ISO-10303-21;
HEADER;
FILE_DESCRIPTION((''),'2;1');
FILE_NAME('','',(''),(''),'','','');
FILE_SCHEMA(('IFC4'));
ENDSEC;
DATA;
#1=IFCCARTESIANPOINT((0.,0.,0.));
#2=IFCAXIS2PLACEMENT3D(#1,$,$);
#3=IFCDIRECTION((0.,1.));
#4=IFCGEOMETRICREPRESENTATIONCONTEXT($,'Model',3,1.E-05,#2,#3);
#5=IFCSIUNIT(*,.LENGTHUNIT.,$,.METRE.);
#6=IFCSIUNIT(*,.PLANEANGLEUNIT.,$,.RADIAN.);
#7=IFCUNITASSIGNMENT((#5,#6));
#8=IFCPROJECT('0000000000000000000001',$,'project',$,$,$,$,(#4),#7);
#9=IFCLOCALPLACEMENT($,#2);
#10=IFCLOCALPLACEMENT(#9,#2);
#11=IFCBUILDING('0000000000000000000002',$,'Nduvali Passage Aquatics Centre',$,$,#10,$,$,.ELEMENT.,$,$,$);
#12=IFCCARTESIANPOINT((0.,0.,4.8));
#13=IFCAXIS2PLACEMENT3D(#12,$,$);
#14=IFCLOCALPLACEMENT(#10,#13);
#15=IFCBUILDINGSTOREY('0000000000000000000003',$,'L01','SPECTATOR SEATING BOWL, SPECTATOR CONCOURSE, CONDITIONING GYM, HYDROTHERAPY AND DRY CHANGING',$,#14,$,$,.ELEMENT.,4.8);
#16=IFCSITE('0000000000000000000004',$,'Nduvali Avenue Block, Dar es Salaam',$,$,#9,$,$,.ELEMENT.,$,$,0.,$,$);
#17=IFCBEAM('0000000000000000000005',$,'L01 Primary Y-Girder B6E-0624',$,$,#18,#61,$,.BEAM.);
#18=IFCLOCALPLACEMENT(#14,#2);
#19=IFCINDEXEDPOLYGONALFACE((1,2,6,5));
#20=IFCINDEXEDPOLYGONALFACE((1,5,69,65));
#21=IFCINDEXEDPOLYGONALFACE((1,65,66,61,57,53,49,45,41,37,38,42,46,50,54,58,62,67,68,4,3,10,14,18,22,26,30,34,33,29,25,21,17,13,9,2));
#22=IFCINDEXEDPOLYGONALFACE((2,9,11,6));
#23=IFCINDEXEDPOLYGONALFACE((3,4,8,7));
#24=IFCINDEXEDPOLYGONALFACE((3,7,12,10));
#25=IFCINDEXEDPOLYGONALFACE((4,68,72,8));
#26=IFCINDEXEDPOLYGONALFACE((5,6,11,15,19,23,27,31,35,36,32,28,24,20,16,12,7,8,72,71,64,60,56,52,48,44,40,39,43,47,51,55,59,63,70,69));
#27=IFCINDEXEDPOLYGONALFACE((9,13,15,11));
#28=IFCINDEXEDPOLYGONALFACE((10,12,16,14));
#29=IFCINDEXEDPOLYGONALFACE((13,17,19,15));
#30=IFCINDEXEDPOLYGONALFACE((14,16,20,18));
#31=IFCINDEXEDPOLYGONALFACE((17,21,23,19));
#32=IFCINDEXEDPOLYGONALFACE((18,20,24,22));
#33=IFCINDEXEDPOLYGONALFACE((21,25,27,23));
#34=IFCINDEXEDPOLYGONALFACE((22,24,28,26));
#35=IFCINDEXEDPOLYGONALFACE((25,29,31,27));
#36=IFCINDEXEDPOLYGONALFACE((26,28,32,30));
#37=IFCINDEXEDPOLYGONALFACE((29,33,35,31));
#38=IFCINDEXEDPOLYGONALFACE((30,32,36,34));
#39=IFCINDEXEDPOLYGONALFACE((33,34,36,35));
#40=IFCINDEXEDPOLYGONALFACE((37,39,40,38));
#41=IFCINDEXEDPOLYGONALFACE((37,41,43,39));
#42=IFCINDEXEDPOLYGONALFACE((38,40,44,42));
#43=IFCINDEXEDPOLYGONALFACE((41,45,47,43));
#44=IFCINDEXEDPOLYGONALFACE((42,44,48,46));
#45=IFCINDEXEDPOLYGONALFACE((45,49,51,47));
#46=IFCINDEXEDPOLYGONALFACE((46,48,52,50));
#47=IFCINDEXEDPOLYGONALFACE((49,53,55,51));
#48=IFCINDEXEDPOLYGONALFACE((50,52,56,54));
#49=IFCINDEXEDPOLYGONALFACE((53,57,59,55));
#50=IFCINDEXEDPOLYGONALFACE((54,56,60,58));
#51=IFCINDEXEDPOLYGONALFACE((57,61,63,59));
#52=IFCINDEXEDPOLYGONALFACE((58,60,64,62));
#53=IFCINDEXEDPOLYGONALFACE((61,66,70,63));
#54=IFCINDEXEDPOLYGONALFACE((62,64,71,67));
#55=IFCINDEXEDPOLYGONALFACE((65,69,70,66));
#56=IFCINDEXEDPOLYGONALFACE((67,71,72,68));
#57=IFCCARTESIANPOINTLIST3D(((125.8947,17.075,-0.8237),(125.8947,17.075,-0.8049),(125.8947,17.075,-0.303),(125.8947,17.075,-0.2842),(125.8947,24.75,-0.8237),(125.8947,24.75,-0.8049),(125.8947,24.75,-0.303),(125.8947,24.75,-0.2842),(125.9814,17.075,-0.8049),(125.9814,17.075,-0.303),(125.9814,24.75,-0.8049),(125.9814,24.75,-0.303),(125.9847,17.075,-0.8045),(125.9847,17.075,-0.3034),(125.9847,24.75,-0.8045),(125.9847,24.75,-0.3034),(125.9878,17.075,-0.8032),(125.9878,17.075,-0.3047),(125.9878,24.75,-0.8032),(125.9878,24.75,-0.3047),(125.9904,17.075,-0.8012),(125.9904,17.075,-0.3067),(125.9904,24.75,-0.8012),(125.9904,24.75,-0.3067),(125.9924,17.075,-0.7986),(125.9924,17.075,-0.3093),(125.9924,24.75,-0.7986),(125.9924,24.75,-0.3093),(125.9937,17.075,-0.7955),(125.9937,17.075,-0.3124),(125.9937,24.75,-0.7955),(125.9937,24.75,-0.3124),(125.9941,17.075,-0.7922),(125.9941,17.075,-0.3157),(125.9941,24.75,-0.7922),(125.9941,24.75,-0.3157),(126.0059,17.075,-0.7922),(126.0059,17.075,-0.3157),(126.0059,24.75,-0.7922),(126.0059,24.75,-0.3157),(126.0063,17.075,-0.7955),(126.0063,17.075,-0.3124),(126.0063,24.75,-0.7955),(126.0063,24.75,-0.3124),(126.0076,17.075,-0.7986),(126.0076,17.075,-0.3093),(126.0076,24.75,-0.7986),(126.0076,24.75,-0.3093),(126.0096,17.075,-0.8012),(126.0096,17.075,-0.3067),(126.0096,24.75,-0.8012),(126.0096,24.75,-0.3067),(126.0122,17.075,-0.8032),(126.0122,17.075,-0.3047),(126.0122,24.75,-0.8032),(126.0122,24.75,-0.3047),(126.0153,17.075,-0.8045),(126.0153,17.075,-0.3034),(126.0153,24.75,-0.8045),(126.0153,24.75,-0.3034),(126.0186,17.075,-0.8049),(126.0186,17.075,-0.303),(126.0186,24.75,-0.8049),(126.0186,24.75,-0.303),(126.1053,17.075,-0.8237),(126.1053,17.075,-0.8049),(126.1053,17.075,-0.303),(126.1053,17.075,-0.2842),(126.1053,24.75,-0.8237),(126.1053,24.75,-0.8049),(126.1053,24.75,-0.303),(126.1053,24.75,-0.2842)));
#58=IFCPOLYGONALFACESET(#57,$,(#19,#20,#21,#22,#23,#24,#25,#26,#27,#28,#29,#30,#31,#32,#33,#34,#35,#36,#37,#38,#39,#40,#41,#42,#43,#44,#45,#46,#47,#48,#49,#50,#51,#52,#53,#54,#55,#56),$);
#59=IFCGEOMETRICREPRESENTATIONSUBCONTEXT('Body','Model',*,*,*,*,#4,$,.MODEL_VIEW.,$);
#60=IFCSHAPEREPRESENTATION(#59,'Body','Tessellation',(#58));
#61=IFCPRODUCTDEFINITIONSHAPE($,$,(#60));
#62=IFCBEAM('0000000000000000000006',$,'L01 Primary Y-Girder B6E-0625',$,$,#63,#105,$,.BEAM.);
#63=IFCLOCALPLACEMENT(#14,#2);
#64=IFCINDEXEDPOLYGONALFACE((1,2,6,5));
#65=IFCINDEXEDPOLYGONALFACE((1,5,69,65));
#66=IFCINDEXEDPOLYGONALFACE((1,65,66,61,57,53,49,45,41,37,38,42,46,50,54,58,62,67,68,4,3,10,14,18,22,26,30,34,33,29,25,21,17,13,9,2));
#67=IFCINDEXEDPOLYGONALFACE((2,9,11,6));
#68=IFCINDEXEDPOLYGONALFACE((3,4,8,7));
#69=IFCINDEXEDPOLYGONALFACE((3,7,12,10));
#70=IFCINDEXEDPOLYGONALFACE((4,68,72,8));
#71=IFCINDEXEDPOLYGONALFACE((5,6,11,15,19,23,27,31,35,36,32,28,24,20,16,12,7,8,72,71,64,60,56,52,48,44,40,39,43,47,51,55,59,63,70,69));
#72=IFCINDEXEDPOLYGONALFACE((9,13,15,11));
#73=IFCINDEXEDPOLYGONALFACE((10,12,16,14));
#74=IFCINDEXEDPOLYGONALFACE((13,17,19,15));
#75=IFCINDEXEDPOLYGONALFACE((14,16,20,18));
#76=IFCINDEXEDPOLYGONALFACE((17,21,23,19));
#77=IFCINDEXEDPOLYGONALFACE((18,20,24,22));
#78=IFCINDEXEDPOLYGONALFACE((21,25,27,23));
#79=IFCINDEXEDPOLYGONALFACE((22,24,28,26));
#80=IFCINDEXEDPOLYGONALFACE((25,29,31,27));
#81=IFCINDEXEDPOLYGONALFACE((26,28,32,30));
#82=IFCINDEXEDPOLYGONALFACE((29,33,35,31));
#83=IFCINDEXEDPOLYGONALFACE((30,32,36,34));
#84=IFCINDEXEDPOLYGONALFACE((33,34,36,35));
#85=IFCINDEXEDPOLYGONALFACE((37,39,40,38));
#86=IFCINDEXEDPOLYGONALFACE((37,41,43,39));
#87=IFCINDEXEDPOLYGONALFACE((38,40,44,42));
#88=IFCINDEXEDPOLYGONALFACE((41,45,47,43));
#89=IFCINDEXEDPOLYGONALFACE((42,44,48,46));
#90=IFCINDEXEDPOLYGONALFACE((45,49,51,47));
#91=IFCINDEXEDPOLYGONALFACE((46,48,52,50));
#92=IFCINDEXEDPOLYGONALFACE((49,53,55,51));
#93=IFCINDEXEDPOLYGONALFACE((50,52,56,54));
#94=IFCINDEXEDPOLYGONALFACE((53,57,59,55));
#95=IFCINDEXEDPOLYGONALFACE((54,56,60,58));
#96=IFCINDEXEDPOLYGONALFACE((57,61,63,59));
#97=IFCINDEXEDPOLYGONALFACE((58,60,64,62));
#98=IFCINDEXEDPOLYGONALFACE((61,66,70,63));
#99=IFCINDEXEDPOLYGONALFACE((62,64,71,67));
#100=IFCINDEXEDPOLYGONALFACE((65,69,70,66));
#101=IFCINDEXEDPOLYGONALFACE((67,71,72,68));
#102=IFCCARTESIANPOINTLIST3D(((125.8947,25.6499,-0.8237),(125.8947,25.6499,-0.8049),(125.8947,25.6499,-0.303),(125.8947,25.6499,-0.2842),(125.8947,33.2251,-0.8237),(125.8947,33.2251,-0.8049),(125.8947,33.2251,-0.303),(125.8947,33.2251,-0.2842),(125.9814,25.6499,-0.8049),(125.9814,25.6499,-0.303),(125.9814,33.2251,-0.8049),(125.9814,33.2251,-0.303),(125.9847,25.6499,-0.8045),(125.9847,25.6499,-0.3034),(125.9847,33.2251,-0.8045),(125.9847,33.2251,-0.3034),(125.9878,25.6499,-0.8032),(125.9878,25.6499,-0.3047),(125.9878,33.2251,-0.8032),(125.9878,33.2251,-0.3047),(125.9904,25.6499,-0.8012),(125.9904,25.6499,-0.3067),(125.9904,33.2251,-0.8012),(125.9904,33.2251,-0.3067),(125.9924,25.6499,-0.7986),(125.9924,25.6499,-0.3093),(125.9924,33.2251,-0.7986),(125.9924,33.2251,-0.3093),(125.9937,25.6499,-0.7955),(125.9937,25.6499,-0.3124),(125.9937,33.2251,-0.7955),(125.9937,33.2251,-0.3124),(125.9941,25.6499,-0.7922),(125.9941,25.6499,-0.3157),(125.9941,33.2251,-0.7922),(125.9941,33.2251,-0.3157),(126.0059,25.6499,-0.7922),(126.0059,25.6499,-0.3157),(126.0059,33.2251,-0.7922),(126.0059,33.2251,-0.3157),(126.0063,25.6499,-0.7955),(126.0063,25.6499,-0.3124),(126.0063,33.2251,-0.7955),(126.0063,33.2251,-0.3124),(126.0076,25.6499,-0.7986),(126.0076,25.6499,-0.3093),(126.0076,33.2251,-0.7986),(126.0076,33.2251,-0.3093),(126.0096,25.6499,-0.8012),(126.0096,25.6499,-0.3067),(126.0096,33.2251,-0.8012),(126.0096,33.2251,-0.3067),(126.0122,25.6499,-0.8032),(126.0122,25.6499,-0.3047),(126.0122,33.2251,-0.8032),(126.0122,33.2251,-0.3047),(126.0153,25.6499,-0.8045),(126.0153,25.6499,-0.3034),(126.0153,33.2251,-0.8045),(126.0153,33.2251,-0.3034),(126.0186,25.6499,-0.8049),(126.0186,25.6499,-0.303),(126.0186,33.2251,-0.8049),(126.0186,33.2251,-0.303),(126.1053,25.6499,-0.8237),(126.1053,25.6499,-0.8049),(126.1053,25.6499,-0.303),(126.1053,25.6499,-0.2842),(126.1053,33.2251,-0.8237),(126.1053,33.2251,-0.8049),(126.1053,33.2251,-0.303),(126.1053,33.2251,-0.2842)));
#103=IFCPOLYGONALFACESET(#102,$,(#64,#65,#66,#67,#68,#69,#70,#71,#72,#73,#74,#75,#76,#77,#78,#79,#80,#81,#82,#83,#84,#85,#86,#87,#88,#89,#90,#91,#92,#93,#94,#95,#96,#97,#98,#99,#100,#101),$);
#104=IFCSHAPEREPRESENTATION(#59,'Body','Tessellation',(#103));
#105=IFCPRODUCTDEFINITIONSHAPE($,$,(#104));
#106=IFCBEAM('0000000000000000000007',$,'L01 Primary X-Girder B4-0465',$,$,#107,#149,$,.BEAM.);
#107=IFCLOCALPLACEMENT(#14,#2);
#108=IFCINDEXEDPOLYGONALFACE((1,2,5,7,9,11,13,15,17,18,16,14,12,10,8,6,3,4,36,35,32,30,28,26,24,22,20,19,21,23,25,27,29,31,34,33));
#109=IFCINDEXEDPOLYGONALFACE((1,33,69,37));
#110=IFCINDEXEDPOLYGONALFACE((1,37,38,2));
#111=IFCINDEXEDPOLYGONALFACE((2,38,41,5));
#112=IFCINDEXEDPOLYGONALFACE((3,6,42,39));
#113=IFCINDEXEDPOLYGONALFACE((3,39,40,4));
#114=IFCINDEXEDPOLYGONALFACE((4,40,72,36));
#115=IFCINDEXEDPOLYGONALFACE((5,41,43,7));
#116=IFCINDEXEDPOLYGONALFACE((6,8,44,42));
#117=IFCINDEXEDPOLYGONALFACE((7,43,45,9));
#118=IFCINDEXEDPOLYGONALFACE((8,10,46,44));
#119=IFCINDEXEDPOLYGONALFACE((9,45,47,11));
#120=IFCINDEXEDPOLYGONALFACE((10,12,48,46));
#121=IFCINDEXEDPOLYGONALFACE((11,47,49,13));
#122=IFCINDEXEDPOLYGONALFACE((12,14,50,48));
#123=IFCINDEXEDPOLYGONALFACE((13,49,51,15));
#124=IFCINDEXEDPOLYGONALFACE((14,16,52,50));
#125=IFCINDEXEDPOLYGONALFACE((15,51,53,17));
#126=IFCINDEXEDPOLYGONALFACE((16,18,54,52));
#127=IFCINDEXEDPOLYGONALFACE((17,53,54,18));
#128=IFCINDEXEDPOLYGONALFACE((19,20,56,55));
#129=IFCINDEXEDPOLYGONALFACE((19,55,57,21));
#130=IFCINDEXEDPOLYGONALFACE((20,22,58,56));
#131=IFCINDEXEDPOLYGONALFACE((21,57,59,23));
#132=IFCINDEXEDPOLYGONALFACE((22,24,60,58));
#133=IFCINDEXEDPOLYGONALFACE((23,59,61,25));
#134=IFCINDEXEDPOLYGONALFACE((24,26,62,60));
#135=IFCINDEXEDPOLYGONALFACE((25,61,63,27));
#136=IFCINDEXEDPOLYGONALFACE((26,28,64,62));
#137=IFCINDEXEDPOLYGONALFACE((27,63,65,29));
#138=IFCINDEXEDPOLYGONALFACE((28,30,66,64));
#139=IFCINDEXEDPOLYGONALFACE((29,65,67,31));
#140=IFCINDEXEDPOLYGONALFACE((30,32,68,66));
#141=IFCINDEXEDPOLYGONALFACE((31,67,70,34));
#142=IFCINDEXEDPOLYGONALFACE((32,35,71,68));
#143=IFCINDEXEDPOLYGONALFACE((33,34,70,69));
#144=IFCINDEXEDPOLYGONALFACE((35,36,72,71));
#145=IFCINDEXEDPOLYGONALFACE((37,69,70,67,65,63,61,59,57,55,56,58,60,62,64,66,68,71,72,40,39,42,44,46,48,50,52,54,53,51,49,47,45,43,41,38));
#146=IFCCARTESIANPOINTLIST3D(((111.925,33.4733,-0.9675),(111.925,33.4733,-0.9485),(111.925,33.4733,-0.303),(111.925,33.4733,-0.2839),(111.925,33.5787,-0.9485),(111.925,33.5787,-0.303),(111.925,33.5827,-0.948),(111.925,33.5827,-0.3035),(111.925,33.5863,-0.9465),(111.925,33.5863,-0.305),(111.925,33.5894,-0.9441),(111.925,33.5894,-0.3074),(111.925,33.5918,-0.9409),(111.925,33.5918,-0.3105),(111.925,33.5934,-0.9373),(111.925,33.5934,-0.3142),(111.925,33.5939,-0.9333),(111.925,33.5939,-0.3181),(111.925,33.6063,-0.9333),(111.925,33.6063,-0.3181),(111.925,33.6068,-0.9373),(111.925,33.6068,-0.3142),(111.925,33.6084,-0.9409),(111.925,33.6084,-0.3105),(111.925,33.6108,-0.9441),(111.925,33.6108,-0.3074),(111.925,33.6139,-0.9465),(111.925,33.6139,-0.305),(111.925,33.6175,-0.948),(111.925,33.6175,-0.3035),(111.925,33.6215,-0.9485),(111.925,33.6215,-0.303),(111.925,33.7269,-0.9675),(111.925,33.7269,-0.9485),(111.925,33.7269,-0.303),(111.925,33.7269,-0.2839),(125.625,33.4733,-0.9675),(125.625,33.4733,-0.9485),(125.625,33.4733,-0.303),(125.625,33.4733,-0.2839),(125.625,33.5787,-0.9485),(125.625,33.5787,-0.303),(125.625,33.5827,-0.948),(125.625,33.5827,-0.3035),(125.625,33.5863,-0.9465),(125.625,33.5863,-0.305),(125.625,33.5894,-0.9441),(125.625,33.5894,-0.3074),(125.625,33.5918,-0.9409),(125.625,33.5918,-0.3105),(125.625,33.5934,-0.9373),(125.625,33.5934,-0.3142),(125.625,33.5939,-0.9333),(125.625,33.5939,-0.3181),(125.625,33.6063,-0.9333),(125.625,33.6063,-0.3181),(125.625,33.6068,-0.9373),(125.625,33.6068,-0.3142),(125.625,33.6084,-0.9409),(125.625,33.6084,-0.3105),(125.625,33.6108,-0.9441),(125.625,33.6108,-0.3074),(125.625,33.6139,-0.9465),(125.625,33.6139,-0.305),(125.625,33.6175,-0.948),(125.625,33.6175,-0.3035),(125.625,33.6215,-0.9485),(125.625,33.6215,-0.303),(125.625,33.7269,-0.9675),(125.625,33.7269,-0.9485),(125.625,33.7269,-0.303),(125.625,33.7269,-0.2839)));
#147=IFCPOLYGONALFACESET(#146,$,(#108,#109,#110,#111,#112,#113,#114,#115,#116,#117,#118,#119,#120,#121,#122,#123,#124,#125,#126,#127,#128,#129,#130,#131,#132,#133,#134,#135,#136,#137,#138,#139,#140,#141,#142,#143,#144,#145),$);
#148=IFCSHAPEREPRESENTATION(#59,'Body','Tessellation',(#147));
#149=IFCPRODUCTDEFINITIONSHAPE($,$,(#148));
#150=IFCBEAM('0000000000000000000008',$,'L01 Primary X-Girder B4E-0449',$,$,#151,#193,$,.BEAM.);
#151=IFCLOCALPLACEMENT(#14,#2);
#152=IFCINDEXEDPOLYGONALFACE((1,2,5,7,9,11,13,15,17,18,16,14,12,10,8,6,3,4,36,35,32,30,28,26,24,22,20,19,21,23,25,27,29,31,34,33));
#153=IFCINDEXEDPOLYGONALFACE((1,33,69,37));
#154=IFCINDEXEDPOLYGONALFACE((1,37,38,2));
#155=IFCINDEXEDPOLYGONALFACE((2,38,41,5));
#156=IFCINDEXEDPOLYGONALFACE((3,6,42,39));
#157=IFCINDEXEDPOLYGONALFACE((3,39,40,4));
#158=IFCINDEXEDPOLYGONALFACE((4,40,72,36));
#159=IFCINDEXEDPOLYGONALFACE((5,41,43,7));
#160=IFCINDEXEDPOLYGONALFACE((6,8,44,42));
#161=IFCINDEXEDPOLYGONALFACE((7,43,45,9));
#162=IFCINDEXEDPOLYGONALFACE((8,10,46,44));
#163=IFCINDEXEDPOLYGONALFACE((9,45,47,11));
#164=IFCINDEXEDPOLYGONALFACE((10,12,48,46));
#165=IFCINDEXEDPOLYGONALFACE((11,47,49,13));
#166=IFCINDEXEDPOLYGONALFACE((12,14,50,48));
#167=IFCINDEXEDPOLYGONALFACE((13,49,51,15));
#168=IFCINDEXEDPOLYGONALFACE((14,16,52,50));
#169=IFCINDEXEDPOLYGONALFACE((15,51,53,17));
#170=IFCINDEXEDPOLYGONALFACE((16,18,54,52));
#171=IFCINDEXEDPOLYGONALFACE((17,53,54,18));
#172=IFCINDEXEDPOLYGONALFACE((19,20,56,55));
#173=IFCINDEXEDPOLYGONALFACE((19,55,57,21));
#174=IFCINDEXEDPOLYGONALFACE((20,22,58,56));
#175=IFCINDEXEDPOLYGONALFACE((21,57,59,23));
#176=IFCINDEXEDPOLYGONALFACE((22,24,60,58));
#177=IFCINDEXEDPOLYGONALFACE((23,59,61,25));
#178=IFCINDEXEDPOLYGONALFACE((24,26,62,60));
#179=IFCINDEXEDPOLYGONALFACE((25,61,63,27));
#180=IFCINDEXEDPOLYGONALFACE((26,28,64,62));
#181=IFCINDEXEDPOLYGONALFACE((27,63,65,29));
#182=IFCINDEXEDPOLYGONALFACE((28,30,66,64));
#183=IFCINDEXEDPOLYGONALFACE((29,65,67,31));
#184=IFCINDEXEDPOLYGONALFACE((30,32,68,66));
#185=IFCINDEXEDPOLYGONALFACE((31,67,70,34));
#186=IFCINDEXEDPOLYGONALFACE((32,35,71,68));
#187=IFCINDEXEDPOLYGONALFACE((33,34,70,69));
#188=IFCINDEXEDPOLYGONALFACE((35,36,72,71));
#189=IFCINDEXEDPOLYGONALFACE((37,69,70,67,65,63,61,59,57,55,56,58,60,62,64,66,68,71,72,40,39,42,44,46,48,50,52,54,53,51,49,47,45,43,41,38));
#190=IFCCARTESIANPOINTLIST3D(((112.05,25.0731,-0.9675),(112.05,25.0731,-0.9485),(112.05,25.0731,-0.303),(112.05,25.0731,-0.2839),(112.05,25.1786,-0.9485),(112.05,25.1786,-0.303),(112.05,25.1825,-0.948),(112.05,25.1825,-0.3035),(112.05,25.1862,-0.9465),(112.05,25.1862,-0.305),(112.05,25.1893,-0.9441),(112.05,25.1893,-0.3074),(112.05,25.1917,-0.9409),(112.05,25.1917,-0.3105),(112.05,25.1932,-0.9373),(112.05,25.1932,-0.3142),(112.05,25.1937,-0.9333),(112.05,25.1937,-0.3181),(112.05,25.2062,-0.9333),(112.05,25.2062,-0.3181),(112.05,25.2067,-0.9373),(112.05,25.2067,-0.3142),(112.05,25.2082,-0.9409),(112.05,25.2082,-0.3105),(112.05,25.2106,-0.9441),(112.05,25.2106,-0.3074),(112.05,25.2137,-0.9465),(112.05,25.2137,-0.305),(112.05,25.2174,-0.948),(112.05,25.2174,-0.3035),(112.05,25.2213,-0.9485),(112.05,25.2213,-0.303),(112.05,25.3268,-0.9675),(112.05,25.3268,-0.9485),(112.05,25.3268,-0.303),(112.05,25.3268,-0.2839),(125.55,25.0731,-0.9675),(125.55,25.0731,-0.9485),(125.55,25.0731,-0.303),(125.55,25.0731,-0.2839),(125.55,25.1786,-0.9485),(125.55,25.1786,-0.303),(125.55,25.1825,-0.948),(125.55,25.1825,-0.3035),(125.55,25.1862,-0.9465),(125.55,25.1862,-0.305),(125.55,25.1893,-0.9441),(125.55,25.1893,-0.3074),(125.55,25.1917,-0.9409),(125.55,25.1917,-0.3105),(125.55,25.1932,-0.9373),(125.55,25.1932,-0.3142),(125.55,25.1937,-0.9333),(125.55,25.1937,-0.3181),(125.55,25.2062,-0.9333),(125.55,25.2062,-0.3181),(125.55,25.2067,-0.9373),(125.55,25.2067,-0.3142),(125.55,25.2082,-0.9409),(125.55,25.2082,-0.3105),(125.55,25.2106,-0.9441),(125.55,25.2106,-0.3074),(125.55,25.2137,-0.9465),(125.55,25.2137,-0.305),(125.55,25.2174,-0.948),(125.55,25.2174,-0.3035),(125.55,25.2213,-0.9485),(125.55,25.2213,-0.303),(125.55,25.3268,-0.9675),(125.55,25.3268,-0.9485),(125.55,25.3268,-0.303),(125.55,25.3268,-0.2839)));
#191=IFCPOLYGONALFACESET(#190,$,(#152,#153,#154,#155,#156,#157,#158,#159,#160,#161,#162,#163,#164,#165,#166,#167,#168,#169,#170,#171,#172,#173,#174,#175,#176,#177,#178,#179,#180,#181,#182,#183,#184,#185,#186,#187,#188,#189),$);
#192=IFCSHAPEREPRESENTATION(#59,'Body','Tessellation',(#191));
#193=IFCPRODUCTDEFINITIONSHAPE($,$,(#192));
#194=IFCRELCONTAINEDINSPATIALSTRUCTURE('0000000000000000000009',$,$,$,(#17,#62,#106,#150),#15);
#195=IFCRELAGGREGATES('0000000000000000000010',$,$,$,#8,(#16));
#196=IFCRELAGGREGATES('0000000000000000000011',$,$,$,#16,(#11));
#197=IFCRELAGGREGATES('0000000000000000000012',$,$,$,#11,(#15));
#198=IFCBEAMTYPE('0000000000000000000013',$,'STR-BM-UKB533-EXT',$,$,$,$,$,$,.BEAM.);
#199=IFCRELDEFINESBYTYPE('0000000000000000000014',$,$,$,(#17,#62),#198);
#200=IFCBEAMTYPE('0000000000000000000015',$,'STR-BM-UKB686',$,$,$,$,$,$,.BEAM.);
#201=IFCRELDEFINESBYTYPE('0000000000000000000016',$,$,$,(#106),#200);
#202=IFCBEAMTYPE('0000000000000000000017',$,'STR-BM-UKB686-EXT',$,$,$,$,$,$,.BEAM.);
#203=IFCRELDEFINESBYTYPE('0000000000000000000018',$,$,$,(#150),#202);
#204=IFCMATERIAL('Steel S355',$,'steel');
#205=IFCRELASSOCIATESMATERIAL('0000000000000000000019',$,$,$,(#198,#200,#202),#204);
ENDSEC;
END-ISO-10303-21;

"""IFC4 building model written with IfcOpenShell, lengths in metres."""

from ifc_helpers import new_model, si_unit, direction, frame, origin, origin_2d, place, context, subcontext, project, spatial, i_section, extrude, material, material_profile, profile_set, type_object, element, save


model = new_model("IFC4")

# Units and contexts
model_context = context("Model", 3, precision=1e-05, world=origin(), true_north=direction((0.0, 1.0)))
body_context = subcontext(model_context, "Body", "Model", "MODEL_VIEW")
ifc_project = project(units=[si_unit("LENGTHUNIT", "METRE"), si_unit("PLANEANGLEUNIT", "RADIAN")], contexts=[model_context])

# Site, building, storey
site_placement = place(None, origin())
site = spatial("IfcSite", under=ifc_project, at=site_placement, Name="Nduvali Avenue Block, Dar es Salaam", CompositionType="ELEMENT", RefElevation=0.0)
building_placement = place(site_placement, origin())
building = spatial("IfcBuilding", under=site, at=building_placement, Name="Nduvali Passage Aquatics Centre", CompositionType="ELEMENT")
storey_placement = place(building_placement, frame((0.0, 0.0, 4.8)))
storey = spatial("IfcBuildingStorey", under=building, at=storey_placement, Name="L01", Description="SPECTATOR SEATING BOWL, SPECTATOR CONCOURSE, CONDITIONING GYM, HYDROTHERAPY AND DRY CHANGING", CompositionType="ELEMENT", Elevation=4.8)

# Beams
ifc_material_1 = material(Name="Steel S355", Category="steel")
ifc_material_profile_1 = material_profile(ifc_material_1, i_section(OverallWidth=0.2107, OverallDepth=0.5396, WebThickness=0.0117, FlangeThickness=0.0188, FilletRadius=0.0127, at=origin_2d()), Name="UKB 533x210x109")
ifc_profile_set_1 = profile_set([ifc_material_profile_1], Name="Steel S355")
beam_type_1 = type_object("IfcBeamType", Name="STR-BM-UKB533-EXT", PredefinedType="BEAM", material=ifc_profile_set_1)
beam_1_placement = place(storey_placement, frame((126.0, 17.075, -0.554), z_axis=(0.0, 1.0, 0.0), x_axis=(-1.0, 0.0, 0.0)))
element("IfcBeam", 1, at=beam_1_placement, inside=storey, type_object=beam_type_1, Name="L01 Primary Y-Girder B6E-0624", PredefinedType="BEAM", context=body_context, shape_type="SweptSolid", body=[
    extrude(i_section(OverallWidth=0.2107, OverallDepth=0.5396, WebThickness=0.0117, FlangeThickness=0.0188, FilletRadius=0.0127, at=origin_2d()), origin(), (0.0, 0.0, 1.0), 7.675),
])
beam_2_placement = place(storey_placement, frame((126.0, 25.6499, -0.554), z_axis=(0.0, 1.0, 0.0), x_axis=(-1.0, 0.0, 0.0)))
element("IfcBeam", 2, at=beam_2_placement, inside=storey, type_object=beam_type_1, Name="L01 Primary Y-Girder B6E-0625", PredefinedType="BEAM", context=body_context, shape_type="SweptSolid", body=[
    extrude(i_section(OverallWidth=0.2107, OverallDepth=0.5396, WebThickness=0.0117, FlangeThickness=0.0188, FilletRadius=0.0127, at=origin_2d()), origin(), (0.0, 0.0, 1.0), 7.5752),
])
ifc_material_profile_2 = material_profile(ifc_material_1, i_section(OverallWidth=0.2537, OverallDepth=0.6836, WebThickness=0.0125, FlangeThickness=0.019, FilletRadius=0.0151, at=origin_2d()), Name="UKB 686x254x140")
ifc_profile_set_2 = profile_set([ifc_material_profile_2], Name="Steel S355")
beam_type_2 = type_object("IfcBeamType", Name="STR-BM-UKB686", PredefinedType="BEAM", material=ifc_profile_set_2)
beam_3_placement = place(storey_placement, frame((111.925, 33.6001, -0.6257), z_axis=(1.0, 0.0, 0.0), x_axis=(0.0, 1.0, 0.0)))
element("IfcBeam", 3, at=beam_3_placement, inside=storey, type_object=beam_type_2, Name="L01 Primary X-Girder B4-0465", PredefinedType="BEAM", context=body_context, shape_type="SweptSolid", body=[
    extrude(i_section(OverallWidth=0.2537, OverallDepth=0.6836, WebThickness=0.0125, FlangeThickness=0.019, FilletRadius=0.0151, at=origin_2d()), origin(), (0.0, 0.0, 1.0), 13.7),
])
ifc_material_profile_3 = material_profile(ifc_material_1, i_section(OverallWidth=0.2537, OverallDepth=0.6836, WebThickness=0.0125, FlangeThickness=0.019, FilletRadius=0.0151, at=origin_2d()), Name="UKB 686x254x140")
ifc_profile_set_3 = profile_set([ifc_material_profile_3], Name="Steel S355")
beam_type_3 = type_object("IfcBeamType", Name="STR-BM-UKB686-EXT", PredefinedType="BEAM", material=ifc_profile_set_3)
beam_4_placement = place(storey_placement, frame((112.05, 25.2, -0.6257), z_axis=(1.0, 0.0, 0.0), x_axis=(0.0, 1.0, 0.0)))
element("IfcBeam", 4, at=beam_4_placement, inside=storey, type_object=beam_type_3, Name="L01 Primary X-Girder B4E-0449", PredefinedType="BEAM", context=body_context, shape_type="SweptSolid", body=[
    extrude(i_section(OverallWidth=0.2537, OverallDepth=0.6836, WebThickness=0.0125, FlangeThickness=0.019, FilletRadius=0.0151, at=origin_2d()), origin(), (0.0, 0.0, 1.0), 13.5),
])

save(model, "model.ifc")
